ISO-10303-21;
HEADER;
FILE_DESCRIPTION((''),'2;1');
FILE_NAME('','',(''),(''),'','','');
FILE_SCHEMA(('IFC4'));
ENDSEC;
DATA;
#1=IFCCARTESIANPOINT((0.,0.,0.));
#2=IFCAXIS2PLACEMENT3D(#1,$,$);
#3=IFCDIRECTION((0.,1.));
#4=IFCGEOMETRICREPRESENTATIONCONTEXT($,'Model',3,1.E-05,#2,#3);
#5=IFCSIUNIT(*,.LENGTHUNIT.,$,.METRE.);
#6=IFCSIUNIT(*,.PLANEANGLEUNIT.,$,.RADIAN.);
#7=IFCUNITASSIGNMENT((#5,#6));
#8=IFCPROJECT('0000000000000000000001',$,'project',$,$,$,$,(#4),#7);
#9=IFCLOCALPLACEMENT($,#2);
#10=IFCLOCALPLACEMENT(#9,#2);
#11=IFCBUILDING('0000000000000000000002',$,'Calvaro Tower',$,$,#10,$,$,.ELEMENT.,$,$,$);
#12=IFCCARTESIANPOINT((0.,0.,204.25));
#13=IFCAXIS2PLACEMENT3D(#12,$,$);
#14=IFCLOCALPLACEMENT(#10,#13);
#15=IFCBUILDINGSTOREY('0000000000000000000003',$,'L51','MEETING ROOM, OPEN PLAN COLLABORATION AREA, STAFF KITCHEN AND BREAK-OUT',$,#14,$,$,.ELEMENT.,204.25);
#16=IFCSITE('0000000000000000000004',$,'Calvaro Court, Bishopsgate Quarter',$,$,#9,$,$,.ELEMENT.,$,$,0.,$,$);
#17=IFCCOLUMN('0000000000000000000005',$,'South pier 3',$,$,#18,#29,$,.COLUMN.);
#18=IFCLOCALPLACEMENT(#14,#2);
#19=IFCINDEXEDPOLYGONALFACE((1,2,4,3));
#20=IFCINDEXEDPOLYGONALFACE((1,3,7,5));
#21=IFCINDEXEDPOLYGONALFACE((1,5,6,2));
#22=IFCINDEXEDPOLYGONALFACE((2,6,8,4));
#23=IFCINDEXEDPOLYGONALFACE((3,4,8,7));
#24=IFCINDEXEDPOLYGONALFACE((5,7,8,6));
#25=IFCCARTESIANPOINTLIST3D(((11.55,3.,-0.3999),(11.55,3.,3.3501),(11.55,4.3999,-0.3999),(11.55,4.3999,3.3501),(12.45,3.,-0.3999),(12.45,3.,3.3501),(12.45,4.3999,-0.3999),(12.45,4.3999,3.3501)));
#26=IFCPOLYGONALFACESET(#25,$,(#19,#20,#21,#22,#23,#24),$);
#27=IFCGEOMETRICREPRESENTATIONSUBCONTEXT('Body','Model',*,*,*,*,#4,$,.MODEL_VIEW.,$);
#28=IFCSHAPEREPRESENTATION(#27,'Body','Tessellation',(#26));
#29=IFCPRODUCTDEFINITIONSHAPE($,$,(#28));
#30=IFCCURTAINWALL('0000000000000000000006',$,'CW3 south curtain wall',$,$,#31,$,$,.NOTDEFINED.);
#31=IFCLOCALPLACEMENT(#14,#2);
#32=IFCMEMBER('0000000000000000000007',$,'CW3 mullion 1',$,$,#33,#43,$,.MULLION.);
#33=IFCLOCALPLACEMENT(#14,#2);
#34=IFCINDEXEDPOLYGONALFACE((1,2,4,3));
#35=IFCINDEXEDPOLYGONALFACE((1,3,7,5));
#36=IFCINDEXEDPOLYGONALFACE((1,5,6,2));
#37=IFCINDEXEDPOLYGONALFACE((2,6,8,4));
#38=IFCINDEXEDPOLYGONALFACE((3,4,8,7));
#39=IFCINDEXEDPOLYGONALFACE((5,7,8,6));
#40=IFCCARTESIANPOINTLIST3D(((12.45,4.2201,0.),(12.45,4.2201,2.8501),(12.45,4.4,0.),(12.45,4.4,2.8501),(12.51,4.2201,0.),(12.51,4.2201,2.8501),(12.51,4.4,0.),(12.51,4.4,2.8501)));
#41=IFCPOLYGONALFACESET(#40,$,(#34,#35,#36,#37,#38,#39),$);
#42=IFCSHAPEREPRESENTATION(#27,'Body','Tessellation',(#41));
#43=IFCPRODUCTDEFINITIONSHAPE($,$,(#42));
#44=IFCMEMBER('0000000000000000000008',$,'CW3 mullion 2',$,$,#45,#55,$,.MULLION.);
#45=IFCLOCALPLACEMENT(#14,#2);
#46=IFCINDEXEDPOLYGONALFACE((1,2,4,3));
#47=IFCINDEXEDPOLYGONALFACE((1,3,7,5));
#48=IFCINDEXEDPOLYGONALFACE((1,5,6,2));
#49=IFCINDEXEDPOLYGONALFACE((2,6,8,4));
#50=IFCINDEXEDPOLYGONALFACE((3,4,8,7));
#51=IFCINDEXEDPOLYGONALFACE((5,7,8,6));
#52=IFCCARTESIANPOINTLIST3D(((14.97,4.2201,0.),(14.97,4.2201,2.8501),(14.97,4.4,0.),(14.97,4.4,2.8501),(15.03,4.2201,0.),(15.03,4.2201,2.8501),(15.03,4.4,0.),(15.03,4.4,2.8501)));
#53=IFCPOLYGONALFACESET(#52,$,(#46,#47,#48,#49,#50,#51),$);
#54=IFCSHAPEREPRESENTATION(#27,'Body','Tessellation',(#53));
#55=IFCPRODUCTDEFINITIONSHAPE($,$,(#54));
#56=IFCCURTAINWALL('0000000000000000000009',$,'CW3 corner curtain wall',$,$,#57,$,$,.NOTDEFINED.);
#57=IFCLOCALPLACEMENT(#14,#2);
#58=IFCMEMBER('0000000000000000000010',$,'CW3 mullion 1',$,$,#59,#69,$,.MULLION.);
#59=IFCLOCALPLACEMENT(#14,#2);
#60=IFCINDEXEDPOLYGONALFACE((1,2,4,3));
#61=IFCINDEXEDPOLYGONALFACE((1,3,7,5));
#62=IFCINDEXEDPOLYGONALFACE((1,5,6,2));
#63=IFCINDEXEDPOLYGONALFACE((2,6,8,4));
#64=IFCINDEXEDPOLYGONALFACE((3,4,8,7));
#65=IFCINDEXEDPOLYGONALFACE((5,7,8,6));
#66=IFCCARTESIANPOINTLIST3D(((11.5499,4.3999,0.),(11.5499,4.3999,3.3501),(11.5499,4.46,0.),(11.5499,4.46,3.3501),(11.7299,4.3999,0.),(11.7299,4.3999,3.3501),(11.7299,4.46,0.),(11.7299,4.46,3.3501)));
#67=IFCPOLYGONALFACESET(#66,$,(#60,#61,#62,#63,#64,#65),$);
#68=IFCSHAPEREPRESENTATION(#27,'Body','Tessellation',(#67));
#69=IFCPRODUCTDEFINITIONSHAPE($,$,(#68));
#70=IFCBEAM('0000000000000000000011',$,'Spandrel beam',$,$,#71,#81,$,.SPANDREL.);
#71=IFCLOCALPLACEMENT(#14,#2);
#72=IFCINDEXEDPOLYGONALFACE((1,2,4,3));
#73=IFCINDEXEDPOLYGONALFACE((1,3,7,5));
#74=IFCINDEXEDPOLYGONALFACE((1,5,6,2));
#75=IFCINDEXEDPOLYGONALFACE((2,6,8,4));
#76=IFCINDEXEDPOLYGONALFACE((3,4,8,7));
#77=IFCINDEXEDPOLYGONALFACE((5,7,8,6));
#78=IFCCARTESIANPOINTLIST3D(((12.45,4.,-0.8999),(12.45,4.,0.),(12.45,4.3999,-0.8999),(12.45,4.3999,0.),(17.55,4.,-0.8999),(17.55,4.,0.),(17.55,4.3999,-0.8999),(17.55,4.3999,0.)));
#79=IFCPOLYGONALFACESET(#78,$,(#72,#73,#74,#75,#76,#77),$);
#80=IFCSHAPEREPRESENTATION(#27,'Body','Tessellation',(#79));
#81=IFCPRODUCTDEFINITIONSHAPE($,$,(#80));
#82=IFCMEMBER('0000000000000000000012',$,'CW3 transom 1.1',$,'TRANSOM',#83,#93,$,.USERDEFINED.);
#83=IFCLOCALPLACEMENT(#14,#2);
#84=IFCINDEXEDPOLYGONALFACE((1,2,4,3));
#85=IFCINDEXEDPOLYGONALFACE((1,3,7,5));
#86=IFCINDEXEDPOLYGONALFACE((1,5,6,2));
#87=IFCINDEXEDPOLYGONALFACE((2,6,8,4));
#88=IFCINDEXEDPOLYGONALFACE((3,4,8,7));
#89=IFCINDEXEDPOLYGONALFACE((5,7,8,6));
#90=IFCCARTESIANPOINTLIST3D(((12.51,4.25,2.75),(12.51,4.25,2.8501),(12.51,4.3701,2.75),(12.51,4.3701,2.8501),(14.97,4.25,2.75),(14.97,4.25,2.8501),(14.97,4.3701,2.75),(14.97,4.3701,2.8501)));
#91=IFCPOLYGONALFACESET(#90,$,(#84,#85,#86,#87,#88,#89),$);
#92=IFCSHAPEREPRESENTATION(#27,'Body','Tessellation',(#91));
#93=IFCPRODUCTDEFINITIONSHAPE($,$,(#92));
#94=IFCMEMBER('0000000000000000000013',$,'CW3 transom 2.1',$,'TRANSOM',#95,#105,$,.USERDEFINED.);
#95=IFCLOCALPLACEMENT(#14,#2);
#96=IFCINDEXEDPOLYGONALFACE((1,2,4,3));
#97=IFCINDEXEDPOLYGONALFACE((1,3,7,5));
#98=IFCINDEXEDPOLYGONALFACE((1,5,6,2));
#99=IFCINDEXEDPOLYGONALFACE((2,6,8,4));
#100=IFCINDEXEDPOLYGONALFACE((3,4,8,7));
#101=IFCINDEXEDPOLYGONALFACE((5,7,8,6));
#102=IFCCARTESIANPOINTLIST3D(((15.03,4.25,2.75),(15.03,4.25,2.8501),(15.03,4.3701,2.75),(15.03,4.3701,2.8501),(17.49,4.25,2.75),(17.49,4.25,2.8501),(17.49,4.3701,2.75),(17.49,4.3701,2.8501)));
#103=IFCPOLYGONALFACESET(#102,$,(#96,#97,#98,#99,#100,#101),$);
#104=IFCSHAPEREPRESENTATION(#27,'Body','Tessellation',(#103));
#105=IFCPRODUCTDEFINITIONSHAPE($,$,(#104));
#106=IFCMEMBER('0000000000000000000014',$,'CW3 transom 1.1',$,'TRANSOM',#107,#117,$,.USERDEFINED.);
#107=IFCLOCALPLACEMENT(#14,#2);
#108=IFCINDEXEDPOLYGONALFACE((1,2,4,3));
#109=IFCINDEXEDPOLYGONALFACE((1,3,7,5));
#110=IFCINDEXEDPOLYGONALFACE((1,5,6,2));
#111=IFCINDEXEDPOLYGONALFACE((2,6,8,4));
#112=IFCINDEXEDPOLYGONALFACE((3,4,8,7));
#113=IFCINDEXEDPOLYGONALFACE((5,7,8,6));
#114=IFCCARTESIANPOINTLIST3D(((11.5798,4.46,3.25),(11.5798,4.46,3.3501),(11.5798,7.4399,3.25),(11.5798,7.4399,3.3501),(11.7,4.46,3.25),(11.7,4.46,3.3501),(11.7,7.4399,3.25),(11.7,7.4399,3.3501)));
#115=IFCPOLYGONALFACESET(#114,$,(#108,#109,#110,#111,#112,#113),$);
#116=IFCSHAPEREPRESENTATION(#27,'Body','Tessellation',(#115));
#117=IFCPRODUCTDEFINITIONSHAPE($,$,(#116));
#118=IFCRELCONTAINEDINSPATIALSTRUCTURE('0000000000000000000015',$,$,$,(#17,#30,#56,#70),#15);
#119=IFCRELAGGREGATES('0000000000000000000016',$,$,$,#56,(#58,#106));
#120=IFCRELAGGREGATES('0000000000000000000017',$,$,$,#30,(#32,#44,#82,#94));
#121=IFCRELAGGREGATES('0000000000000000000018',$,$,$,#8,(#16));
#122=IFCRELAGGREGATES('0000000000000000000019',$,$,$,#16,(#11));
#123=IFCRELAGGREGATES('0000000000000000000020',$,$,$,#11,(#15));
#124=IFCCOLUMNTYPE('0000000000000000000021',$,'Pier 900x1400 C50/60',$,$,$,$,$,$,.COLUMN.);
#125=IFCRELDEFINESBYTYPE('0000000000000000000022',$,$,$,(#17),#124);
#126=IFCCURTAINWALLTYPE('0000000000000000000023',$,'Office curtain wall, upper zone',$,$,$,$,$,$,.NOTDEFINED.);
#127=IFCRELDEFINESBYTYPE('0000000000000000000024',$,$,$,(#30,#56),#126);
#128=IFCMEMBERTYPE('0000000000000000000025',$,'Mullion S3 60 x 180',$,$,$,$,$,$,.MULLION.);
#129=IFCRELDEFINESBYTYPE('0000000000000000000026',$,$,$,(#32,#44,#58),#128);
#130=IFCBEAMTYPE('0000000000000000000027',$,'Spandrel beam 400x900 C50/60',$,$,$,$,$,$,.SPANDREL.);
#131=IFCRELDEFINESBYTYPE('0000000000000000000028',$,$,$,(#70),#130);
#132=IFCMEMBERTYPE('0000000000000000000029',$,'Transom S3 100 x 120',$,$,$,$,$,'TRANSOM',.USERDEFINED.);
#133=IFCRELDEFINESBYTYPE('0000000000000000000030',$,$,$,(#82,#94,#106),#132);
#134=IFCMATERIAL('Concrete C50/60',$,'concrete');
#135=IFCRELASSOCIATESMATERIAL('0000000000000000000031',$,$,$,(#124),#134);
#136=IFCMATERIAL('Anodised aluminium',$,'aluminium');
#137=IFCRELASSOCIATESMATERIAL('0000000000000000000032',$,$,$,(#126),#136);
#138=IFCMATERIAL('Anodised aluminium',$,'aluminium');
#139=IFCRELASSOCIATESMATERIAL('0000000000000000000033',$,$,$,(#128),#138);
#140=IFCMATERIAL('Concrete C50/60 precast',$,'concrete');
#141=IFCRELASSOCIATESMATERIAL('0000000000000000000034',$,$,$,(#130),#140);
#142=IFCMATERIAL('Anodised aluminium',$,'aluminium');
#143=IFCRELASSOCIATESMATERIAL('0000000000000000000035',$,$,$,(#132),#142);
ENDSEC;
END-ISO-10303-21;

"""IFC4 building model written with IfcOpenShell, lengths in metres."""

from ifc_helpers import new_model, si_unit, direction, frame, origin, origin_2d, place, context, subcontext, project, spatial, rectangle, extrude, material, material_profile, profile_set, type_object, element, aggregate, save


model = new_model("IFC4")

# Units and contexts
model_context = context("Model", 3, precision=1e-05, world=origin(), true_north=direction((0.0, 1.0)))
body_context = subcontext(model_context, "Body", "Model", "MODEL_VIEW")
ifc_project = project(units=[si_unit("LENGTHUNIT", "METRE"), si_unit("PLANEANGLEUNIT", "RADIAN")], contexts=[model_context])

# Site, building, storey
site_placement = place(None, origin())
site = spatial("IfcSite", under=ifc_project, at=site_placement, Name="Calvaro Court, Bishopsgate Quarter", CompositionType="ELEMENT", RefElevation=0.0)
building_placement = place(site_placement, origin())
building = spatial("IfcBuilding", under=site, at=building_placement, Name="Calvaro Tower", CompositionType="ELEMENT")
storey_placement = place(building_placement, frame((0.0, 0.0, 204.25)))
storey = spatial("IfcBuildingStorey", under=building, at=storey_placement, Name="L51", Description="MEETING ROOM, OPEN PLAN COLLABORATION AREA, STAFF KITCHEN AND BREAK-OUT", CompositionType="ELEMENT", Elevation=204.25)

# Column
ifc_material_1 = material(Name="Concrete C50/60", Category="concrete")
ifc_material_profile_1 = material_profile(ifc_material_1, rectangle(XDim=0.8999, YDim=1.3999, at=origin_2d()), Name="RC 900x1400")
ifc_profile_set_1 = profile_set([ifc_material_profile_1], Name="Concrete C50/60")
column_type = type_object("IfcColumnType", Name="Pier 900x1400 C50/60", PredefinedType="COLUMN", material=ifc_profile_set_1)
column_placement = place(storey_placement, frame((12.0, 3.7, -0.3999), z_axis=(0.0, 0.0, 1.0), x_axis=(1.0, 0.0, 0.0)))
element("IfcColumn", 1, at=column_placement, inside=storey, type_object=column_type, Name="South pier 3", PredefinedType="COLUMN", context=body_context, shape_type="SweptSolid", body=[
    extrude(rectangle(XDim=0.8999, YDim=1.3999, at=origin_2d()), origin(), (0.0, 0.0, 1.0), 3.75),
])

# Curtain wall, members
ifc_material_2 = material(Name="Anodised aluminium", Category="aluminium")
curtain_wall_type = type_object("IfcCurtainWallType", Name="Office curtain wall, upper zone", PredefinedType="NOTDEFINED", material=ifc_material_2)
curtain_wall_1_placement = place(storey_placement, origin())
curtain_wall_1 = element("IfcCurtainWall", 2, at=curtain_wall_1_placement, inside=storey, type_object=curtain_wall_type, Name="CW3 south curtain wall", PredefinedType="NOTDEFINED")
ifc_material_3 = material(Name="Anodised aluminium", Category="aluminium")
ifc_material_profile_2 = material_profile(ifc_material_3, rectangle(XDim=0.1799, YDim=0.0601, at=origin_2d()), Name="Mullion S3 60 x 180")
ifc_profile_set_2 = profile_set([ifc_material_profile_2], Name="Anodised aluminium")
member_type_1 = type_object("IfcMemberType", Name="Mullion S3 60 x 180", PredefinedType="MULLION", material=ifc_profile_set_2)
member_1_placement = place(storey_placement, frame((12.48, 4.3101, 0.0), z_axis=(0.0, 0.0, 1.0), x_axis=(0.0, 1.0, 0.0)))
member_1 = element("IfcMember", 3, at=member_1_placement, type_object=member_type_1, Name="CW3 mullion 1", PredefinedType="MULLION", context=body_context, shape_type="SweptSolid", body=[
    extrude(rectangle(XDim=0.1799, YDim=0.0601, at=origin_2d()), origin(), (0.0, 0.0, 1.0), 2.8501),
])
member_2_placement = place(storey_placement, frame((15.0, 4.3101, 0.0), z_axis=(0.0, 0.0, 1.0), x_axis=(0.0, 1.0, 0.0)))
member_2 = element("IfcMember", 4, at=member_2_placement, type_object=member_type_1, Name="CW3 mullion 2", PredefinedType="MULLION", context=body_context, shape_type="SweptSolid", body=[
    extrude(rectangle(XDim=0.1799, YDim=0.0601, at=origin_2d()), origin(), (0.0, 0.0, 1.0), 2.8501),
])

# Curtain wall, member
curtain_wall_2_placement = place(storey_placement, origin())
curtain_wall_2 = element("IfcCurtainWall", 5, at=curtain_wall_2_placement, inside=storey, type_object=curtain_wall_type, Name="CW3 corner curtain wall", PredefinedType="NOTDEFINED")
member_3_placement = place(storey_placement, frame((11.6399, 4.4299, 0.0), z_axis=(0.0, 0.0, 1.0), x_axis=(-1.0, 0.0, 0.0)))
member_3 = element("IfcMember", 6, at=member_3_placement, type_object=member_type_1, Name="CW3 mullion 1", PredefinedType="MULLION", context=body_context, shape_type="SweptSolid", body=[
    extrude(rectangle(XDim=0.1799, YDim=0.0601, at=origin_2d()), origin(), (0.0, 0.0, 1.0), 3.3501),
])

# Beam
ifc_material_4 = material(Name="Concrete C50/60 precast", Category="concrete")
ifc_material_profile_3 = material_profile(ifc_material_4, rectangle(XDim=0.3999, YDim=0.8999, at=origin_2d()), Name="RC 400x900")
ifc_profile_set_3 = profile_set([ifc_material_profile_3], Name="Concrete C50/60 precast")
beam_type = type_object("IfcBeamType", Name="Spandrel beam 400x900 C50/60", PredefinedType="SPANDREL", material=ifc_profile_set_3)
beam_placement = place(storey_placement, frame((12.45, 4.2, -0.45), z_axis=(1.0, 0.0, 0.0), x_axis=(0.0, 1.0, 0.0)))
element("IfcBeam", 7, at=beam_placement, inside=storey, type_object=beam_type, Name="Spandrel beam", PredefinedType="SPANDREL", context=body_context, shape_type="SweptSolid", body=[
    extrude(rectangle(XDim=0.3999, YDim=0.8999, at=origin_2d()), origin(), (0.0, 0.0, 1.0), 5.1001),
])

# Members
ifc_material_5 = material(Name="Anodised aluminium", Category="aluminium")
ifc_material_profile_4 = material_profile(ifc_material_5, rectangle(XDim=0.1201, YDim=0.1001, at=origin_2d()), Name="Transom S3 100 x 120")
ifc_profile_set_4 = profile_set([ifc_material_profile_4], Name="Anodised aluminium")
member_type_2 = type_object("IfcMemberType", Name="Transom S3 100 x 120", ElementType="TRANSOM", PredefinedType="USERDEFINED", material=ifc_profile_set_4)
member_4_placement = place(storey_placement, frame((12.51, 4.3101, 2.8), z_axis=(1.0, 0.0, 0.0), x_axis=(0.0, 1.0, 0.0)))
member_4 = element("IfcMember", 8, at=member_4_placement, type_object=member_type_2, Name="CW3 transom 1.1", ObjectType="TRANSOM", PredefinedType="USERDEFINED", context=body_context, shape_type="SweptSolid", body=[
    extrude(rectangle(XDim=0.1201, YDim=0.1001, at=origin_2d()), origin(), (0.0, 0.0, 1.0), 2.46),
])
member_5_placement = place(storey_placement, frame((15.03, 4.3101, 2.8), z_axis=(1.0, 0.0, 0.0), x_axis=(0.0, 1.0, 0.0)))
member_5 = element("IfcMember", 9, at=member_5_placement, type_object=member_type_2, Name="CW3 transom 2.1", ObjectType="TRANSOM", PredefinedType="USERDEFINED", context=body_context, shape_type="SweptSolid", body=[
    extrude(rectangle(XDim=0.1201, YDim=0.1001, at=origin_2d()), origin(), (0.0, 0.0, 1.0), 2.46),
])
member_6_placement = place(storey_placement, frame((11.6399, 4.46, 3.3), z_axis=(0.0, 1.0, 0.0), x_axis=(-1.0, 0.0, 0.0)))
member_6 = element("IfcMember", 10, at=member_6_placement, type_object=member_type_2, Name="CW3 transom 1.1", ObjectType="TRANSOM", PredefinedType="USERDEFINED", context=body_context, shape_type="SweptSolid", body=[
    extrude(rectangle(XDim=0.1201, YDim=0.1001, at=origin_2d()), origin(), (0.0, 0.0, 1.0), 2.98),
])
aggregate(curtain_wall_2, [member_3, member_6])

aggregate(curtain_wall_1, [member_1, member_2, member_4, member_5])

save(model, "model.ifc")
